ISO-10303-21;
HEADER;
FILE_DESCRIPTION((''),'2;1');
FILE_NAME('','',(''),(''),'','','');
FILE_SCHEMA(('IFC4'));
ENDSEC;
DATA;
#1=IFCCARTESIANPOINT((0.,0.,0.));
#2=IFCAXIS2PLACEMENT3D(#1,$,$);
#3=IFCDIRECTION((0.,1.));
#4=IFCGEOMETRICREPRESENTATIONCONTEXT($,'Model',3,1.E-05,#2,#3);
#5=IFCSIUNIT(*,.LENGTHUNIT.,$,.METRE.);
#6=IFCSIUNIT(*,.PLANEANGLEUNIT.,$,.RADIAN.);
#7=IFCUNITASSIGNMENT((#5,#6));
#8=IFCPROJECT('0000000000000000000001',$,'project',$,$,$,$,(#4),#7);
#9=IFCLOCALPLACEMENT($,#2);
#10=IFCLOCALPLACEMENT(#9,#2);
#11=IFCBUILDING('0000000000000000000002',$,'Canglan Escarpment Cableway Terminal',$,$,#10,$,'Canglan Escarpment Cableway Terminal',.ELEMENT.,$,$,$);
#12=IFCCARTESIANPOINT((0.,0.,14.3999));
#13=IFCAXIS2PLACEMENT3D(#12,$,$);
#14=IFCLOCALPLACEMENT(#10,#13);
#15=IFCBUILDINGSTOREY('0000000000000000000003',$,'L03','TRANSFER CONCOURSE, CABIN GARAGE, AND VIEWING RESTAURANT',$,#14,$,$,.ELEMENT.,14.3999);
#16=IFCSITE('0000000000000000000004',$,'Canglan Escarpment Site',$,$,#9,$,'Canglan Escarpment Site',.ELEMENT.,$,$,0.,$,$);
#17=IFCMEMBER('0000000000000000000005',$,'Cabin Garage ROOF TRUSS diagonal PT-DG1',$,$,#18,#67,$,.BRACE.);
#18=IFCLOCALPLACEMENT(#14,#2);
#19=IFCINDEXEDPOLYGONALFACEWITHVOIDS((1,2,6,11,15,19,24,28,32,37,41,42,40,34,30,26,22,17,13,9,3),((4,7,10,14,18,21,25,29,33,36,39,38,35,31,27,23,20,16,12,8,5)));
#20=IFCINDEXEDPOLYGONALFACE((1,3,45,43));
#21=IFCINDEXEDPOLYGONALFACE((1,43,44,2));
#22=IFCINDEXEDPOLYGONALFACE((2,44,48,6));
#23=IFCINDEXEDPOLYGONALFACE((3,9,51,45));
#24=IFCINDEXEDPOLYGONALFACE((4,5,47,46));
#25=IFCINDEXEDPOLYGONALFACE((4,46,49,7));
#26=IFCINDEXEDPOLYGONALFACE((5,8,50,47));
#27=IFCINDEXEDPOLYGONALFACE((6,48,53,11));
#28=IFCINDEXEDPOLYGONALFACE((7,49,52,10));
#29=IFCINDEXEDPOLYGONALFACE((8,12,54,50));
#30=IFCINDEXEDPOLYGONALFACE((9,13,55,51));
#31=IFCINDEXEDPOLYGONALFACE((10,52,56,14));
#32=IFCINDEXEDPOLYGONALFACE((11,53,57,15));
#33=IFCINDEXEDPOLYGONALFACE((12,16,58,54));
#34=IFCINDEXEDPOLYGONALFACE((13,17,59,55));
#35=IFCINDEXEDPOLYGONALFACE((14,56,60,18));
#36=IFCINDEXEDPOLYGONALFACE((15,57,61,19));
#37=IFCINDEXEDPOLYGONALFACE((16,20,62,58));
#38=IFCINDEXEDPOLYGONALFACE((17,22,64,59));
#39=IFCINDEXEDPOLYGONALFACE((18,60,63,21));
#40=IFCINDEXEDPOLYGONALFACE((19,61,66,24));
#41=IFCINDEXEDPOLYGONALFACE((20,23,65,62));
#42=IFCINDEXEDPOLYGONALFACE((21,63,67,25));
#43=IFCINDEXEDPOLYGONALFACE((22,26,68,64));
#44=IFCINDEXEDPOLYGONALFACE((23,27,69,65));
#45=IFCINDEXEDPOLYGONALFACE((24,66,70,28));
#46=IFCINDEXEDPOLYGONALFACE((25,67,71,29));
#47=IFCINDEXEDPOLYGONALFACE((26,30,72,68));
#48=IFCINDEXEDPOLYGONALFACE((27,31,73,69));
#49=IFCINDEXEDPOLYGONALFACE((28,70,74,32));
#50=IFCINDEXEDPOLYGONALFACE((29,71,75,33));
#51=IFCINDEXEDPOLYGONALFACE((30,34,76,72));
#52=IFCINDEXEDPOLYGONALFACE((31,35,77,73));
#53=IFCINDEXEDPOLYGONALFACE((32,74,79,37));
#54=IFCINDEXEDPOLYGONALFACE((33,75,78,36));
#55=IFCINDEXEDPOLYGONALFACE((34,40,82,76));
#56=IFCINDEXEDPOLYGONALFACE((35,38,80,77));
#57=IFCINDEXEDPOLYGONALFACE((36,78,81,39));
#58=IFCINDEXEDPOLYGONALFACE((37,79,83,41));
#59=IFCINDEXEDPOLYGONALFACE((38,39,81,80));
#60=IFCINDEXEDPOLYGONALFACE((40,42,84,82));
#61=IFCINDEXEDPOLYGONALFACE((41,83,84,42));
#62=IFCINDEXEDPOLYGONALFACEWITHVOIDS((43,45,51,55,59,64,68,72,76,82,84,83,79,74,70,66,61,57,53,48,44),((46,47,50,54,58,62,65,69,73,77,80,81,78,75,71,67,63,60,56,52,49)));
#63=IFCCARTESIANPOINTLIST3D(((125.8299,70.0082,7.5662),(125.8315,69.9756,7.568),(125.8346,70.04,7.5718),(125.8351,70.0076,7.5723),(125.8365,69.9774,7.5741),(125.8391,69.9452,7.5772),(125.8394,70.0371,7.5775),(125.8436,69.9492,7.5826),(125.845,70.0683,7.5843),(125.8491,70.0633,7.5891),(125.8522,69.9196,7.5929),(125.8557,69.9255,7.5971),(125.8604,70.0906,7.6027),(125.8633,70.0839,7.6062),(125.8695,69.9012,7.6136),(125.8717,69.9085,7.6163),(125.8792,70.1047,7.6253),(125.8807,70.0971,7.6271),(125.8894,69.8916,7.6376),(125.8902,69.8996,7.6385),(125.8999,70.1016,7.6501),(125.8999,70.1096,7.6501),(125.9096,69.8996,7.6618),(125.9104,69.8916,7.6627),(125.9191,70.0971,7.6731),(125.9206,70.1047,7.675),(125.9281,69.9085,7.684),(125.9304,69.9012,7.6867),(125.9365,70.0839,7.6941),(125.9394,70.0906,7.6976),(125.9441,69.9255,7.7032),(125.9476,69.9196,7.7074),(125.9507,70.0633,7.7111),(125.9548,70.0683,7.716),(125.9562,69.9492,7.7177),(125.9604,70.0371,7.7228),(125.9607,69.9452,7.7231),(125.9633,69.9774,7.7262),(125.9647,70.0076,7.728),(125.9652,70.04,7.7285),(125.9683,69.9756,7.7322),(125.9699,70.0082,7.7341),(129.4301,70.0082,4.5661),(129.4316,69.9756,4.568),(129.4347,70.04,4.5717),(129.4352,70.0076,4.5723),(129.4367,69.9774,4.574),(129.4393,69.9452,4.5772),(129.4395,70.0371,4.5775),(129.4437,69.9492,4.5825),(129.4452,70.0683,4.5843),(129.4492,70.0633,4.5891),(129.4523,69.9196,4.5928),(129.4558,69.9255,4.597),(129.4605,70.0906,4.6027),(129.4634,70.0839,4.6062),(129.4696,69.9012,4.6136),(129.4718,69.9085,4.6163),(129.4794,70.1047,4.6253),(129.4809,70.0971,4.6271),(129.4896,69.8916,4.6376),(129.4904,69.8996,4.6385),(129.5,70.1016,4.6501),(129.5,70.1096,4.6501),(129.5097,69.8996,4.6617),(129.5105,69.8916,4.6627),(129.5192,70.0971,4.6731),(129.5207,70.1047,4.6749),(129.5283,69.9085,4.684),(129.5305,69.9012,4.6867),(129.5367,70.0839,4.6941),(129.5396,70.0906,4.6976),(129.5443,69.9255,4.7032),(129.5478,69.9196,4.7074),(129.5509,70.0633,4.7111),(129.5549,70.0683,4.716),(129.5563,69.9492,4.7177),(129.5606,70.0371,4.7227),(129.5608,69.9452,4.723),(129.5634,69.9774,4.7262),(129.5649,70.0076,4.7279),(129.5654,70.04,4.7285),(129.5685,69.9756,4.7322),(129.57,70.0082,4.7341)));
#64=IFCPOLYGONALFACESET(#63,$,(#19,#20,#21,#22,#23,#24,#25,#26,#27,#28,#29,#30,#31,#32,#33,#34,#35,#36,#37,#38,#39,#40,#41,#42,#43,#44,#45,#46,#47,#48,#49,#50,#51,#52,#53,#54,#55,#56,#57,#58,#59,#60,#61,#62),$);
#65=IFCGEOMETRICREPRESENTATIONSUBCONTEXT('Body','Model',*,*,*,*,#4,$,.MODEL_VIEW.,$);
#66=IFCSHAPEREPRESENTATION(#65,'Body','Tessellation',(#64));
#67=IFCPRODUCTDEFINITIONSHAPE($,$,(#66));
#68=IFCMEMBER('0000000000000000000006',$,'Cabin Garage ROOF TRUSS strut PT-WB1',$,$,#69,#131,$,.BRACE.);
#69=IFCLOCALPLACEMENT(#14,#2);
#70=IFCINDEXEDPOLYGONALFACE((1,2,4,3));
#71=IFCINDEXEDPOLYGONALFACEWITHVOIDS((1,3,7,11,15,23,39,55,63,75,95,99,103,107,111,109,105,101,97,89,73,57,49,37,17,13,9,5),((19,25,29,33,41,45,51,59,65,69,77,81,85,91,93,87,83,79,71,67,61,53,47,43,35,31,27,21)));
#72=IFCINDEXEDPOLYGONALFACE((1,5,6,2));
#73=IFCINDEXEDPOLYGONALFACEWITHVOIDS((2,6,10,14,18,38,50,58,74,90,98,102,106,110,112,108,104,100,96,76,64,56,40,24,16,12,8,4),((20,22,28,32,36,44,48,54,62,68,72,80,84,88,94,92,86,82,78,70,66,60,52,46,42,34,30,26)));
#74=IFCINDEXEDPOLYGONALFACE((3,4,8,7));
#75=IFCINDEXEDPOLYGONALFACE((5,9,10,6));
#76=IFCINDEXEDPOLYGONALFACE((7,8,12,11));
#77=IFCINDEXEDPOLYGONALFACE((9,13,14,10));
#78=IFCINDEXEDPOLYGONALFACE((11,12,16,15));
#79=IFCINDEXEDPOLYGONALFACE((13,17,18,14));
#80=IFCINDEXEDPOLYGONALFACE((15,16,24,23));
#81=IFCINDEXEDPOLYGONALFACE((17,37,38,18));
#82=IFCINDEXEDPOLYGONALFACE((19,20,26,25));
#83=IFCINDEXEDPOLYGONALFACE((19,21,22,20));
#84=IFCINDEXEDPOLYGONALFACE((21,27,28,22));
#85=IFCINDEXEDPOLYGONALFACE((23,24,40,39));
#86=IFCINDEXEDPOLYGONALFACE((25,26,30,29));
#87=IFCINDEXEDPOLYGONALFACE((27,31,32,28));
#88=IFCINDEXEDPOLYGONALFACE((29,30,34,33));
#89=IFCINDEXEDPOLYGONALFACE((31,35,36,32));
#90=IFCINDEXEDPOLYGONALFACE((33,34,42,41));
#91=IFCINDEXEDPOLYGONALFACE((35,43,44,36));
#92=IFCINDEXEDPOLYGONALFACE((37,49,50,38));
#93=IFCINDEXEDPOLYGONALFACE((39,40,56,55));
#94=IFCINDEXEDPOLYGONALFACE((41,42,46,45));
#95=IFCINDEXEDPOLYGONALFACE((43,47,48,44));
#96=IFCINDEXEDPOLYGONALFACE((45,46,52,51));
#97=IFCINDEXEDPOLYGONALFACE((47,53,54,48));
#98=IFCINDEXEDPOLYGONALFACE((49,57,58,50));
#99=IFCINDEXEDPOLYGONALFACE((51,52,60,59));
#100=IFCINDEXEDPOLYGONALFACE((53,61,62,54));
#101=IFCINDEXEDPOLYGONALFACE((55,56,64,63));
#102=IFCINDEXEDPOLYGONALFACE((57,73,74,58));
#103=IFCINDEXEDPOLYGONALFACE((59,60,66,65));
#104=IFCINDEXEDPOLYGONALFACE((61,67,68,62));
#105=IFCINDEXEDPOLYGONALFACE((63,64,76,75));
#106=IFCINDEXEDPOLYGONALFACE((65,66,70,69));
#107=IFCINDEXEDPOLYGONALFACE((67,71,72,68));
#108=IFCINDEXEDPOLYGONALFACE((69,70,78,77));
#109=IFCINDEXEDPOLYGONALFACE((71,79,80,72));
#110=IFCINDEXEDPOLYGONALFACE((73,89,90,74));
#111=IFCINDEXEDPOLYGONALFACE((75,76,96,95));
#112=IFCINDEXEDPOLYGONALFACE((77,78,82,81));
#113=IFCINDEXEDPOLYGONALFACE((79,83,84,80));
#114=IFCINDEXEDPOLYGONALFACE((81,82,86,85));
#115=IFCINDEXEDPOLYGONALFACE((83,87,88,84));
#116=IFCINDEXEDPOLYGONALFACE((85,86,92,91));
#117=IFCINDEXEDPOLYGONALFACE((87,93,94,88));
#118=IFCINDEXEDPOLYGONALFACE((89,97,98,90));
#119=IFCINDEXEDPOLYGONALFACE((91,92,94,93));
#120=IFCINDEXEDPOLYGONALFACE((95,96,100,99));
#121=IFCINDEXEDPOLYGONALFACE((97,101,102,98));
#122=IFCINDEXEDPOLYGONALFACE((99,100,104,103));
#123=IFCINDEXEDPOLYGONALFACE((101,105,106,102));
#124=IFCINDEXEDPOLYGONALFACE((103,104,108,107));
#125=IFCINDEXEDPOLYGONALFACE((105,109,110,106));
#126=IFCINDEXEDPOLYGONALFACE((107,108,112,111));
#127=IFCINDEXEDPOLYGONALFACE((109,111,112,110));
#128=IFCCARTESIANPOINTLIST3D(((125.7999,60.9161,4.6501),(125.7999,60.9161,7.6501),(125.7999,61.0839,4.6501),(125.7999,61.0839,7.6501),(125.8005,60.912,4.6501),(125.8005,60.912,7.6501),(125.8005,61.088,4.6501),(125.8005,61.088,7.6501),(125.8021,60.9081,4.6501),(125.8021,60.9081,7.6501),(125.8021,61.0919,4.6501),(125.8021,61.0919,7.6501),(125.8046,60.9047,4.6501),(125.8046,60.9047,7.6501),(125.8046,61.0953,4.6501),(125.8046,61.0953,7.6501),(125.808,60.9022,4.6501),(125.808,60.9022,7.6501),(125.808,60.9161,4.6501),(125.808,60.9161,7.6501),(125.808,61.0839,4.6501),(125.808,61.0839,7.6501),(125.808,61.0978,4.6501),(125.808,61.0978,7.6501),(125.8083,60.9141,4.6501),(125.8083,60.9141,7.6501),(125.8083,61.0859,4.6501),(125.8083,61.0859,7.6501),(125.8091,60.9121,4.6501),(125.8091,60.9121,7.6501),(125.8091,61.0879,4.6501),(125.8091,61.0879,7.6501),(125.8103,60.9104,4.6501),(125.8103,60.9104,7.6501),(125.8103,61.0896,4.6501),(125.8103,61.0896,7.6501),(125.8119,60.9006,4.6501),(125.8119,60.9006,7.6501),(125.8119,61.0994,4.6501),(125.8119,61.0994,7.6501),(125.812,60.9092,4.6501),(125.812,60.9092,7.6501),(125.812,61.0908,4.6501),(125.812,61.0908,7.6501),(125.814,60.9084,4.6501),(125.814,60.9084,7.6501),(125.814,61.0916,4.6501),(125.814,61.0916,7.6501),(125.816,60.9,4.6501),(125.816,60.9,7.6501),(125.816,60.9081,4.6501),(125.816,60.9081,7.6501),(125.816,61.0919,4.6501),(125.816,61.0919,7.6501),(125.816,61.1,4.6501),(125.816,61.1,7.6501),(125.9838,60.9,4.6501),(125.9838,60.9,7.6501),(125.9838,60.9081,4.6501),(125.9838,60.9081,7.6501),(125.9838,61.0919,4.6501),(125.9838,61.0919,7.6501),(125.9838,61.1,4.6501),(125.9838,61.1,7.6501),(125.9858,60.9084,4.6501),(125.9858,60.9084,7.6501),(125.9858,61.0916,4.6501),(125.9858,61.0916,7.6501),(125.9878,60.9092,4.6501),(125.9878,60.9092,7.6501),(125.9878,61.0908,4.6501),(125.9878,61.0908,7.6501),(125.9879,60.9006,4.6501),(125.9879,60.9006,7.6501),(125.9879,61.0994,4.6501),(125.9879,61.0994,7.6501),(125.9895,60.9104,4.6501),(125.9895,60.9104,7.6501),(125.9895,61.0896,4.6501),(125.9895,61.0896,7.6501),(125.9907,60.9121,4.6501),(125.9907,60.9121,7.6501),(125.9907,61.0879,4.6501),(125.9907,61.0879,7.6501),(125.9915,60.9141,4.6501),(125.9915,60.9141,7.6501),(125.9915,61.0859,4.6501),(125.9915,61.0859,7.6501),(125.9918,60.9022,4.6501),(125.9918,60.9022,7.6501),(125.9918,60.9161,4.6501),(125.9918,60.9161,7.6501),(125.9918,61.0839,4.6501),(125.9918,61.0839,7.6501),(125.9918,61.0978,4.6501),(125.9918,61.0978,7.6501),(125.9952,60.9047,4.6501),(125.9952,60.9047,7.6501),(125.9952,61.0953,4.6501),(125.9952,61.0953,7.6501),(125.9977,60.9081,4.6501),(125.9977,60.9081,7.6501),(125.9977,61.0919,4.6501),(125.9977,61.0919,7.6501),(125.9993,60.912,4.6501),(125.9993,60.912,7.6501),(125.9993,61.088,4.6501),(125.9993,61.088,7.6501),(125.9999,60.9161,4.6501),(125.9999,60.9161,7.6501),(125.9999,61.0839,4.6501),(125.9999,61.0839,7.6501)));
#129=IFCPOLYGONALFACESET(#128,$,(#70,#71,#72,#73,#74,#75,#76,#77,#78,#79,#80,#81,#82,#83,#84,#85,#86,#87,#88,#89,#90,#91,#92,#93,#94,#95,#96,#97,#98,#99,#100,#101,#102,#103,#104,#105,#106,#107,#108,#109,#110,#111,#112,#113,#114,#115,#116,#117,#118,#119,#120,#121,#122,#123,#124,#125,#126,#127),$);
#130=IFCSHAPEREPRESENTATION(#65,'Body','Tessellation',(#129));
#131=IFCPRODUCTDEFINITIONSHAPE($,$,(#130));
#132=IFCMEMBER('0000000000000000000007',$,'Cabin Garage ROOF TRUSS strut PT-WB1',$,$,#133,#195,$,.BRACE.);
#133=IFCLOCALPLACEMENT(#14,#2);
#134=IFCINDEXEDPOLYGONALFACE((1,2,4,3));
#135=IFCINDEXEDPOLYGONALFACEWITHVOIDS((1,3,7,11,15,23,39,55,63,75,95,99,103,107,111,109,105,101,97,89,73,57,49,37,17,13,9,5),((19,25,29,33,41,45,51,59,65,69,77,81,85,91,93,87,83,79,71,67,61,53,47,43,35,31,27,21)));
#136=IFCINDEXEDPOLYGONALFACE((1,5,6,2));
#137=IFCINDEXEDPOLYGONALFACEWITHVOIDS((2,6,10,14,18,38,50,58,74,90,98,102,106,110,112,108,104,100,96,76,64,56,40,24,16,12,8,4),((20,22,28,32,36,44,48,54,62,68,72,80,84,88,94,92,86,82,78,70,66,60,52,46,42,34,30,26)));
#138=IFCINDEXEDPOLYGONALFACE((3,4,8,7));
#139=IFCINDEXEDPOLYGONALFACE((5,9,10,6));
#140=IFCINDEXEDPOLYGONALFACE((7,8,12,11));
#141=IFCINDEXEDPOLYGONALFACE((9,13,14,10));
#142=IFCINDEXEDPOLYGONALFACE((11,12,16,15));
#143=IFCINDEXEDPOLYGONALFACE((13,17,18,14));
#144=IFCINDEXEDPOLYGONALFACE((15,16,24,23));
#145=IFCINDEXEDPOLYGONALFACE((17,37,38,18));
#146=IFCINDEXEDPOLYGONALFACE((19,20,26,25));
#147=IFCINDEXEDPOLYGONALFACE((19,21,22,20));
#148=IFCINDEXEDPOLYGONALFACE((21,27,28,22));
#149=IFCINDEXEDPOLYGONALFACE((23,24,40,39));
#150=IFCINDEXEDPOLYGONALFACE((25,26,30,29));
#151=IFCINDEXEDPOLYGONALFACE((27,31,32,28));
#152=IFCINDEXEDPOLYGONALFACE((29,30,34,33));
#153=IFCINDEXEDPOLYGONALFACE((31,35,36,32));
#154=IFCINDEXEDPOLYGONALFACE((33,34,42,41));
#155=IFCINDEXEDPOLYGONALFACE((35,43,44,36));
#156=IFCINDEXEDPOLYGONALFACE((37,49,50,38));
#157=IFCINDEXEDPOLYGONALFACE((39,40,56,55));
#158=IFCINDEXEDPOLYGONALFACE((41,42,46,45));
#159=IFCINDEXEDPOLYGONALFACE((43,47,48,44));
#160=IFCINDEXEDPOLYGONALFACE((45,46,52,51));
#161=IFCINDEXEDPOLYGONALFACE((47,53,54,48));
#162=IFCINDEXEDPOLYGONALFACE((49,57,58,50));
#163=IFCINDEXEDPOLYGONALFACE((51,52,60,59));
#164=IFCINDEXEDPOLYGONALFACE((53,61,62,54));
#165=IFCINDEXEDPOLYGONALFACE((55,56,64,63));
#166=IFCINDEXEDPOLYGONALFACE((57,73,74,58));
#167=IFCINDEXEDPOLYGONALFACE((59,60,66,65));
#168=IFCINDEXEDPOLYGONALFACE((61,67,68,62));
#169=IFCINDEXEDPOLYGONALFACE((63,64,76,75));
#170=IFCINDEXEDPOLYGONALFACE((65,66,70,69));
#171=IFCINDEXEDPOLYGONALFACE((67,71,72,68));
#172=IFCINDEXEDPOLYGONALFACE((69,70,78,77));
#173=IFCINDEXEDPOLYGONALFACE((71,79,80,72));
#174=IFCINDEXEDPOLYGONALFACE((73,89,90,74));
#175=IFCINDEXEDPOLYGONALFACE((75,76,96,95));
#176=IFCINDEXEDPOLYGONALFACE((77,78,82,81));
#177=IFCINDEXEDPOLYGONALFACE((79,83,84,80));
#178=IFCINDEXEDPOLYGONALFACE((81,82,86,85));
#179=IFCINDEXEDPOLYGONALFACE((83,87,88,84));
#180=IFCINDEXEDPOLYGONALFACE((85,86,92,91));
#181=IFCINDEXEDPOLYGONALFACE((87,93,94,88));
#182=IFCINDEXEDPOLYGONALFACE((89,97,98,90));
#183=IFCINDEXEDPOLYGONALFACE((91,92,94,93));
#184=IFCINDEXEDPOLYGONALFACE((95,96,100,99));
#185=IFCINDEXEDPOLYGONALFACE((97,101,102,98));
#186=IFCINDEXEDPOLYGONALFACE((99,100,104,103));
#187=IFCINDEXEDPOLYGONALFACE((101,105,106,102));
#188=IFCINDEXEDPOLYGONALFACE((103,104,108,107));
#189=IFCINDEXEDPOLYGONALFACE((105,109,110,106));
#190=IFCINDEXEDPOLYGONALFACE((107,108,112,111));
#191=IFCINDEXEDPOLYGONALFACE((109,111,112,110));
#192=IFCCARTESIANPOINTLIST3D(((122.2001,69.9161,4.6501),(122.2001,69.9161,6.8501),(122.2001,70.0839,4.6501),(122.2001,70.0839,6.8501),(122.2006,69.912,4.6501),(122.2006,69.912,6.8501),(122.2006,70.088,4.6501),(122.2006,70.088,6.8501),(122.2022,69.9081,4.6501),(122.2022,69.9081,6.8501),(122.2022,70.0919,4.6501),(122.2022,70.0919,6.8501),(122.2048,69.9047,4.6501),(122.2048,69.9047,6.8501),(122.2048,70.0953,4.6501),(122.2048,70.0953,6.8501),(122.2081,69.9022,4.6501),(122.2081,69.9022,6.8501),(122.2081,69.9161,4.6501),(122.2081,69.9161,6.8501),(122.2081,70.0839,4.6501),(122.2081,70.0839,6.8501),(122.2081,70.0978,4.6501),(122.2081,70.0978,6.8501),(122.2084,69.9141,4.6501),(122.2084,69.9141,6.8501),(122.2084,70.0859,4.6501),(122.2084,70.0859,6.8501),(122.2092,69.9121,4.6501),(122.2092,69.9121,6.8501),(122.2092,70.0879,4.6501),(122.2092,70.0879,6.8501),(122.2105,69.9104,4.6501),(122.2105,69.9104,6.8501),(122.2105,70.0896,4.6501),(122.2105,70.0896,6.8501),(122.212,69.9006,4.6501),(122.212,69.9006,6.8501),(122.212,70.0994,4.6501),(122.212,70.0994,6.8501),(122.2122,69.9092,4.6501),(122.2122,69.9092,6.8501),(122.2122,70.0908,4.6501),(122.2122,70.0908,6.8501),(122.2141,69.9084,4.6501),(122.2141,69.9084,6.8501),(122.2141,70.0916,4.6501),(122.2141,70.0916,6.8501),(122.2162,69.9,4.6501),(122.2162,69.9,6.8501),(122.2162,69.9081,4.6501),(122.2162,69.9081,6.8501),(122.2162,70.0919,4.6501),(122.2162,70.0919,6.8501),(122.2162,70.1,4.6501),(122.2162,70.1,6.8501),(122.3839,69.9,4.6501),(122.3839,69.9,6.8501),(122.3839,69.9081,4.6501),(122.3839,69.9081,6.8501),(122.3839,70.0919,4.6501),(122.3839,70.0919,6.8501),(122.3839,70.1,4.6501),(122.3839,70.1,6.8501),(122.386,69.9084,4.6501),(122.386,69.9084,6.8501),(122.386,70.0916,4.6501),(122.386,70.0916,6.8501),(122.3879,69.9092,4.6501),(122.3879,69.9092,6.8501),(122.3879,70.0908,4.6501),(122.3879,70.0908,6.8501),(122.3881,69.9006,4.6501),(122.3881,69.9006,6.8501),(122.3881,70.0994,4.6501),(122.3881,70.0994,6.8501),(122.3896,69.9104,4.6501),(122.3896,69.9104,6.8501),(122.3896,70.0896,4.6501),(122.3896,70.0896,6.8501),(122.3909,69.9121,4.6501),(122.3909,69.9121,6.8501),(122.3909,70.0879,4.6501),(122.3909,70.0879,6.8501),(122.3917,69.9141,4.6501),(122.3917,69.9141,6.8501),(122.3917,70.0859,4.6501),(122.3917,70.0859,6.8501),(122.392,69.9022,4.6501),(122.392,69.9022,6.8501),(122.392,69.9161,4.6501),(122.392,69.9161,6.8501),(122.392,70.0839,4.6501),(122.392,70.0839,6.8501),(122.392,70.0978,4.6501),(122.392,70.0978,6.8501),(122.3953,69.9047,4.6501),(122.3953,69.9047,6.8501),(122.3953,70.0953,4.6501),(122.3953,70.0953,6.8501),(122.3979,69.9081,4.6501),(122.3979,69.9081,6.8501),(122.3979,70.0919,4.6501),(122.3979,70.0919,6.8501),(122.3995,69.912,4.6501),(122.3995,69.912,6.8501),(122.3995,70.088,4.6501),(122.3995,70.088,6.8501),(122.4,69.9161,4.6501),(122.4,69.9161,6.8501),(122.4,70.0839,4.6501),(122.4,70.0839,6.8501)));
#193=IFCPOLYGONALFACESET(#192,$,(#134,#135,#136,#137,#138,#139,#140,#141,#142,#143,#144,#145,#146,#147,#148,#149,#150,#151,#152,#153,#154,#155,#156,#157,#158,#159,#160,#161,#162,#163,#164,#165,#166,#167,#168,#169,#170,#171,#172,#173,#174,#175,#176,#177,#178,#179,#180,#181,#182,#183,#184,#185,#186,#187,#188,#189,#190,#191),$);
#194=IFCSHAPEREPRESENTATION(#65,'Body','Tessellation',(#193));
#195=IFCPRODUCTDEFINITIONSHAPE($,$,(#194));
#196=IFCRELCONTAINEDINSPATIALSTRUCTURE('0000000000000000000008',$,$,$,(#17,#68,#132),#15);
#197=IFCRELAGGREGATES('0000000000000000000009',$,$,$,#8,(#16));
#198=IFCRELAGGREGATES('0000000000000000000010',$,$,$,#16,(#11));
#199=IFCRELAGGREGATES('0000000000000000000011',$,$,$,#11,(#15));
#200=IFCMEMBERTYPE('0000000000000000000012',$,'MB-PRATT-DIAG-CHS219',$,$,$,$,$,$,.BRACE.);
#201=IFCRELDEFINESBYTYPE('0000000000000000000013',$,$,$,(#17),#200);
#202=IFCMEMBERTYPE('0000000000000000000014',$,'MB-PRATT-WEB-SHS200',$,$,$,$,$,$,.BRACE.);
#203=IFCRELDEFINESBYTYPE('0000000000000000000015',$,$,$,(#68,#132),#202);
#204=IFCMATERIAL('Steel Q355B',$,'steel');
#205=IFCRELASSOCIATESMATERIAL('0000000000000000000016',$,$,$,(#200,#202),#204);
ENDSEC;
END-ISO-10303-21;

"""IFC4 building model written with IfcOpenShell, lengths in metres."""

from ifc_helpers import new_model, si_unit, direction, frame, origin, origin_2d, place, context, subcontext, project, spatial, hollow_rectangle, hollow_circle, extrude, material, material_profile, profile_set, type_object, element, save


model = new_model("IFC4")

# Units and contexts
model_context = context("Model", 3, precision=1e-05, world=origin(), true_north=direction((0.0, 1.0)))
body_context = subcontext(model_context, "Body", "Model", "MODEL_VIEW")
ifc_project = project(units=[si_unit("LENGTHUNIT", "METRE"), si_unit("PLANEANGLEUNIT", "RADIAN")], contexts=[model_context])

# Site, building, storey
site_placement = place(None, origin())
site = spatial("IfcSite", under=ifc_project, at=site_placement, Name="Canglan Escarpment Site", LongName="Canglan Escarpment Site", CompositionType="ELEMENT", RefElevation=0.0)
building_placement = place(site_placement, origin())
building = spatial("IfcBuilding", under=site, at=building_placement, Name="Canglan Escarpment Cableway Terminal", LongName="Canglan Escarpment Cableway Terminal", CompositionType="ELEMENT")
storey_placement = place(building_placement, frame((0.0, 0.0, 14.3999)))
storey = spatial("IfcBuildingStorey", under=building, at=storey_placement, Name="L03", Description="TRANSFER CONCOURSE, CABIN GARAGE, AND VIEWING RESTAURANT", CompositionType="ELEMENT", Elevation=14.3999)

# Shared definitions
ifc_material_1 = material(Name="Steel Q355B", Category="steel")

# Members
ifc_material_profile_1 = material_profile(ifc_material_1, hollow_circle(Radius=0.1096, WallThickness=0.0081, at=origin_2d()), Name="CHS 219.1x8")
ifc_profile_set_1 = profile_set([ifc_material_profile_1], Name="Steel Q355B")
member_type_1 = type_object("IfcMemberType", Name="MB-PRATT-DIAG-CHS219", PredefinedType="BRACE", material=ifc_profile_set_1)
member_1_placement = place(storey_placement, frame((125.8999, 70.0, 7.6501), z_axis=(0.76823, 0.0, -0.640174), x_axis=(0.0, 1.0, 0.0)))
element("IfcMember", 1, at=member_1_placement, inside=storey, type_object=member_type_1, Name="Cabin Garage ROOF TRUSS diagonal PT-DG1", PredefinedType="BRACE", context=body_context, shape_type="SweptSolid", body=[
    extrude(hollow_circle(Radius=0.1096, WallThickness=0.0081, at=origin_2d()), origin(), (0.0, 0.0, 1.0), 4.6863),
])
ifc_material_profile_2 = material_profile(ifc_material_1, hollow_rectangle(XDim=0.2, YDim=0.2, WallThickness=0.0081, InnerFilletRadius=0.0081, OuterFilletRadius=0.0161, at=origin_2d()), Name="SHS 200x200x8")
ifc_profile_set_2 = profile_set([ifc_material_profile_2], Name="Steel Q355B")
member_type_2 = type_object("IfcMemberType", Name="MB-PRATT-WEB-SHS200", PredefinedType="BRACE", material=ifc_profile_set_2)
member_2_placement = place(storey_placement, frame((125.8999, 61.0, 4.6501), z_axis=(0.0, 0.0, 1.0), x_axis=(1.0, 0.0, 0.0)))
element("IfcMember", 2, at=member_2_placement, inside=storey, type_object=member_type_2, Name="Cabin Garage ROOF TRUSS strut PT-WB1", PredefinedType="BRACE", context=body_context, shape_type="SweptSolid", body=[
    extrude(hollow_rectangle(XDim=0.2, YDim=0.2, WallThickness=0.0081, InnerFilletRadius=0.0081, OuterFilletRadius=0.0161, at=origin_2d()), origin(), (0.0, 0.0, 1.0), 3.0),
])
member_3_placement = place(storey_placement, frame((122.3, 70.0, 4.6501), z_axis=(0.0, 0.0, 1.0), x_axis=(1.0, 0.0, 0.0)))
element("IfcMember", 3, at=member_3_placement, inside=storey, type_object=member_type_2, Name="Cabin Garage ROOF TRUSS strut PT-WB1", PredefinedType="BRACE", context=body_context, shape_type="SweptSolid", body=[
    extrude(hollow_rectangle(XDim=0.2, YDim=0.2, WallThickness=0.0081, InnerFilletRadius=0.0081, OuterFilletRadius=0.0161, at=origin_2d()), origin(), (0.0, 0.0, 1.0), 2.2),
])

save(model, "model.ifc")
